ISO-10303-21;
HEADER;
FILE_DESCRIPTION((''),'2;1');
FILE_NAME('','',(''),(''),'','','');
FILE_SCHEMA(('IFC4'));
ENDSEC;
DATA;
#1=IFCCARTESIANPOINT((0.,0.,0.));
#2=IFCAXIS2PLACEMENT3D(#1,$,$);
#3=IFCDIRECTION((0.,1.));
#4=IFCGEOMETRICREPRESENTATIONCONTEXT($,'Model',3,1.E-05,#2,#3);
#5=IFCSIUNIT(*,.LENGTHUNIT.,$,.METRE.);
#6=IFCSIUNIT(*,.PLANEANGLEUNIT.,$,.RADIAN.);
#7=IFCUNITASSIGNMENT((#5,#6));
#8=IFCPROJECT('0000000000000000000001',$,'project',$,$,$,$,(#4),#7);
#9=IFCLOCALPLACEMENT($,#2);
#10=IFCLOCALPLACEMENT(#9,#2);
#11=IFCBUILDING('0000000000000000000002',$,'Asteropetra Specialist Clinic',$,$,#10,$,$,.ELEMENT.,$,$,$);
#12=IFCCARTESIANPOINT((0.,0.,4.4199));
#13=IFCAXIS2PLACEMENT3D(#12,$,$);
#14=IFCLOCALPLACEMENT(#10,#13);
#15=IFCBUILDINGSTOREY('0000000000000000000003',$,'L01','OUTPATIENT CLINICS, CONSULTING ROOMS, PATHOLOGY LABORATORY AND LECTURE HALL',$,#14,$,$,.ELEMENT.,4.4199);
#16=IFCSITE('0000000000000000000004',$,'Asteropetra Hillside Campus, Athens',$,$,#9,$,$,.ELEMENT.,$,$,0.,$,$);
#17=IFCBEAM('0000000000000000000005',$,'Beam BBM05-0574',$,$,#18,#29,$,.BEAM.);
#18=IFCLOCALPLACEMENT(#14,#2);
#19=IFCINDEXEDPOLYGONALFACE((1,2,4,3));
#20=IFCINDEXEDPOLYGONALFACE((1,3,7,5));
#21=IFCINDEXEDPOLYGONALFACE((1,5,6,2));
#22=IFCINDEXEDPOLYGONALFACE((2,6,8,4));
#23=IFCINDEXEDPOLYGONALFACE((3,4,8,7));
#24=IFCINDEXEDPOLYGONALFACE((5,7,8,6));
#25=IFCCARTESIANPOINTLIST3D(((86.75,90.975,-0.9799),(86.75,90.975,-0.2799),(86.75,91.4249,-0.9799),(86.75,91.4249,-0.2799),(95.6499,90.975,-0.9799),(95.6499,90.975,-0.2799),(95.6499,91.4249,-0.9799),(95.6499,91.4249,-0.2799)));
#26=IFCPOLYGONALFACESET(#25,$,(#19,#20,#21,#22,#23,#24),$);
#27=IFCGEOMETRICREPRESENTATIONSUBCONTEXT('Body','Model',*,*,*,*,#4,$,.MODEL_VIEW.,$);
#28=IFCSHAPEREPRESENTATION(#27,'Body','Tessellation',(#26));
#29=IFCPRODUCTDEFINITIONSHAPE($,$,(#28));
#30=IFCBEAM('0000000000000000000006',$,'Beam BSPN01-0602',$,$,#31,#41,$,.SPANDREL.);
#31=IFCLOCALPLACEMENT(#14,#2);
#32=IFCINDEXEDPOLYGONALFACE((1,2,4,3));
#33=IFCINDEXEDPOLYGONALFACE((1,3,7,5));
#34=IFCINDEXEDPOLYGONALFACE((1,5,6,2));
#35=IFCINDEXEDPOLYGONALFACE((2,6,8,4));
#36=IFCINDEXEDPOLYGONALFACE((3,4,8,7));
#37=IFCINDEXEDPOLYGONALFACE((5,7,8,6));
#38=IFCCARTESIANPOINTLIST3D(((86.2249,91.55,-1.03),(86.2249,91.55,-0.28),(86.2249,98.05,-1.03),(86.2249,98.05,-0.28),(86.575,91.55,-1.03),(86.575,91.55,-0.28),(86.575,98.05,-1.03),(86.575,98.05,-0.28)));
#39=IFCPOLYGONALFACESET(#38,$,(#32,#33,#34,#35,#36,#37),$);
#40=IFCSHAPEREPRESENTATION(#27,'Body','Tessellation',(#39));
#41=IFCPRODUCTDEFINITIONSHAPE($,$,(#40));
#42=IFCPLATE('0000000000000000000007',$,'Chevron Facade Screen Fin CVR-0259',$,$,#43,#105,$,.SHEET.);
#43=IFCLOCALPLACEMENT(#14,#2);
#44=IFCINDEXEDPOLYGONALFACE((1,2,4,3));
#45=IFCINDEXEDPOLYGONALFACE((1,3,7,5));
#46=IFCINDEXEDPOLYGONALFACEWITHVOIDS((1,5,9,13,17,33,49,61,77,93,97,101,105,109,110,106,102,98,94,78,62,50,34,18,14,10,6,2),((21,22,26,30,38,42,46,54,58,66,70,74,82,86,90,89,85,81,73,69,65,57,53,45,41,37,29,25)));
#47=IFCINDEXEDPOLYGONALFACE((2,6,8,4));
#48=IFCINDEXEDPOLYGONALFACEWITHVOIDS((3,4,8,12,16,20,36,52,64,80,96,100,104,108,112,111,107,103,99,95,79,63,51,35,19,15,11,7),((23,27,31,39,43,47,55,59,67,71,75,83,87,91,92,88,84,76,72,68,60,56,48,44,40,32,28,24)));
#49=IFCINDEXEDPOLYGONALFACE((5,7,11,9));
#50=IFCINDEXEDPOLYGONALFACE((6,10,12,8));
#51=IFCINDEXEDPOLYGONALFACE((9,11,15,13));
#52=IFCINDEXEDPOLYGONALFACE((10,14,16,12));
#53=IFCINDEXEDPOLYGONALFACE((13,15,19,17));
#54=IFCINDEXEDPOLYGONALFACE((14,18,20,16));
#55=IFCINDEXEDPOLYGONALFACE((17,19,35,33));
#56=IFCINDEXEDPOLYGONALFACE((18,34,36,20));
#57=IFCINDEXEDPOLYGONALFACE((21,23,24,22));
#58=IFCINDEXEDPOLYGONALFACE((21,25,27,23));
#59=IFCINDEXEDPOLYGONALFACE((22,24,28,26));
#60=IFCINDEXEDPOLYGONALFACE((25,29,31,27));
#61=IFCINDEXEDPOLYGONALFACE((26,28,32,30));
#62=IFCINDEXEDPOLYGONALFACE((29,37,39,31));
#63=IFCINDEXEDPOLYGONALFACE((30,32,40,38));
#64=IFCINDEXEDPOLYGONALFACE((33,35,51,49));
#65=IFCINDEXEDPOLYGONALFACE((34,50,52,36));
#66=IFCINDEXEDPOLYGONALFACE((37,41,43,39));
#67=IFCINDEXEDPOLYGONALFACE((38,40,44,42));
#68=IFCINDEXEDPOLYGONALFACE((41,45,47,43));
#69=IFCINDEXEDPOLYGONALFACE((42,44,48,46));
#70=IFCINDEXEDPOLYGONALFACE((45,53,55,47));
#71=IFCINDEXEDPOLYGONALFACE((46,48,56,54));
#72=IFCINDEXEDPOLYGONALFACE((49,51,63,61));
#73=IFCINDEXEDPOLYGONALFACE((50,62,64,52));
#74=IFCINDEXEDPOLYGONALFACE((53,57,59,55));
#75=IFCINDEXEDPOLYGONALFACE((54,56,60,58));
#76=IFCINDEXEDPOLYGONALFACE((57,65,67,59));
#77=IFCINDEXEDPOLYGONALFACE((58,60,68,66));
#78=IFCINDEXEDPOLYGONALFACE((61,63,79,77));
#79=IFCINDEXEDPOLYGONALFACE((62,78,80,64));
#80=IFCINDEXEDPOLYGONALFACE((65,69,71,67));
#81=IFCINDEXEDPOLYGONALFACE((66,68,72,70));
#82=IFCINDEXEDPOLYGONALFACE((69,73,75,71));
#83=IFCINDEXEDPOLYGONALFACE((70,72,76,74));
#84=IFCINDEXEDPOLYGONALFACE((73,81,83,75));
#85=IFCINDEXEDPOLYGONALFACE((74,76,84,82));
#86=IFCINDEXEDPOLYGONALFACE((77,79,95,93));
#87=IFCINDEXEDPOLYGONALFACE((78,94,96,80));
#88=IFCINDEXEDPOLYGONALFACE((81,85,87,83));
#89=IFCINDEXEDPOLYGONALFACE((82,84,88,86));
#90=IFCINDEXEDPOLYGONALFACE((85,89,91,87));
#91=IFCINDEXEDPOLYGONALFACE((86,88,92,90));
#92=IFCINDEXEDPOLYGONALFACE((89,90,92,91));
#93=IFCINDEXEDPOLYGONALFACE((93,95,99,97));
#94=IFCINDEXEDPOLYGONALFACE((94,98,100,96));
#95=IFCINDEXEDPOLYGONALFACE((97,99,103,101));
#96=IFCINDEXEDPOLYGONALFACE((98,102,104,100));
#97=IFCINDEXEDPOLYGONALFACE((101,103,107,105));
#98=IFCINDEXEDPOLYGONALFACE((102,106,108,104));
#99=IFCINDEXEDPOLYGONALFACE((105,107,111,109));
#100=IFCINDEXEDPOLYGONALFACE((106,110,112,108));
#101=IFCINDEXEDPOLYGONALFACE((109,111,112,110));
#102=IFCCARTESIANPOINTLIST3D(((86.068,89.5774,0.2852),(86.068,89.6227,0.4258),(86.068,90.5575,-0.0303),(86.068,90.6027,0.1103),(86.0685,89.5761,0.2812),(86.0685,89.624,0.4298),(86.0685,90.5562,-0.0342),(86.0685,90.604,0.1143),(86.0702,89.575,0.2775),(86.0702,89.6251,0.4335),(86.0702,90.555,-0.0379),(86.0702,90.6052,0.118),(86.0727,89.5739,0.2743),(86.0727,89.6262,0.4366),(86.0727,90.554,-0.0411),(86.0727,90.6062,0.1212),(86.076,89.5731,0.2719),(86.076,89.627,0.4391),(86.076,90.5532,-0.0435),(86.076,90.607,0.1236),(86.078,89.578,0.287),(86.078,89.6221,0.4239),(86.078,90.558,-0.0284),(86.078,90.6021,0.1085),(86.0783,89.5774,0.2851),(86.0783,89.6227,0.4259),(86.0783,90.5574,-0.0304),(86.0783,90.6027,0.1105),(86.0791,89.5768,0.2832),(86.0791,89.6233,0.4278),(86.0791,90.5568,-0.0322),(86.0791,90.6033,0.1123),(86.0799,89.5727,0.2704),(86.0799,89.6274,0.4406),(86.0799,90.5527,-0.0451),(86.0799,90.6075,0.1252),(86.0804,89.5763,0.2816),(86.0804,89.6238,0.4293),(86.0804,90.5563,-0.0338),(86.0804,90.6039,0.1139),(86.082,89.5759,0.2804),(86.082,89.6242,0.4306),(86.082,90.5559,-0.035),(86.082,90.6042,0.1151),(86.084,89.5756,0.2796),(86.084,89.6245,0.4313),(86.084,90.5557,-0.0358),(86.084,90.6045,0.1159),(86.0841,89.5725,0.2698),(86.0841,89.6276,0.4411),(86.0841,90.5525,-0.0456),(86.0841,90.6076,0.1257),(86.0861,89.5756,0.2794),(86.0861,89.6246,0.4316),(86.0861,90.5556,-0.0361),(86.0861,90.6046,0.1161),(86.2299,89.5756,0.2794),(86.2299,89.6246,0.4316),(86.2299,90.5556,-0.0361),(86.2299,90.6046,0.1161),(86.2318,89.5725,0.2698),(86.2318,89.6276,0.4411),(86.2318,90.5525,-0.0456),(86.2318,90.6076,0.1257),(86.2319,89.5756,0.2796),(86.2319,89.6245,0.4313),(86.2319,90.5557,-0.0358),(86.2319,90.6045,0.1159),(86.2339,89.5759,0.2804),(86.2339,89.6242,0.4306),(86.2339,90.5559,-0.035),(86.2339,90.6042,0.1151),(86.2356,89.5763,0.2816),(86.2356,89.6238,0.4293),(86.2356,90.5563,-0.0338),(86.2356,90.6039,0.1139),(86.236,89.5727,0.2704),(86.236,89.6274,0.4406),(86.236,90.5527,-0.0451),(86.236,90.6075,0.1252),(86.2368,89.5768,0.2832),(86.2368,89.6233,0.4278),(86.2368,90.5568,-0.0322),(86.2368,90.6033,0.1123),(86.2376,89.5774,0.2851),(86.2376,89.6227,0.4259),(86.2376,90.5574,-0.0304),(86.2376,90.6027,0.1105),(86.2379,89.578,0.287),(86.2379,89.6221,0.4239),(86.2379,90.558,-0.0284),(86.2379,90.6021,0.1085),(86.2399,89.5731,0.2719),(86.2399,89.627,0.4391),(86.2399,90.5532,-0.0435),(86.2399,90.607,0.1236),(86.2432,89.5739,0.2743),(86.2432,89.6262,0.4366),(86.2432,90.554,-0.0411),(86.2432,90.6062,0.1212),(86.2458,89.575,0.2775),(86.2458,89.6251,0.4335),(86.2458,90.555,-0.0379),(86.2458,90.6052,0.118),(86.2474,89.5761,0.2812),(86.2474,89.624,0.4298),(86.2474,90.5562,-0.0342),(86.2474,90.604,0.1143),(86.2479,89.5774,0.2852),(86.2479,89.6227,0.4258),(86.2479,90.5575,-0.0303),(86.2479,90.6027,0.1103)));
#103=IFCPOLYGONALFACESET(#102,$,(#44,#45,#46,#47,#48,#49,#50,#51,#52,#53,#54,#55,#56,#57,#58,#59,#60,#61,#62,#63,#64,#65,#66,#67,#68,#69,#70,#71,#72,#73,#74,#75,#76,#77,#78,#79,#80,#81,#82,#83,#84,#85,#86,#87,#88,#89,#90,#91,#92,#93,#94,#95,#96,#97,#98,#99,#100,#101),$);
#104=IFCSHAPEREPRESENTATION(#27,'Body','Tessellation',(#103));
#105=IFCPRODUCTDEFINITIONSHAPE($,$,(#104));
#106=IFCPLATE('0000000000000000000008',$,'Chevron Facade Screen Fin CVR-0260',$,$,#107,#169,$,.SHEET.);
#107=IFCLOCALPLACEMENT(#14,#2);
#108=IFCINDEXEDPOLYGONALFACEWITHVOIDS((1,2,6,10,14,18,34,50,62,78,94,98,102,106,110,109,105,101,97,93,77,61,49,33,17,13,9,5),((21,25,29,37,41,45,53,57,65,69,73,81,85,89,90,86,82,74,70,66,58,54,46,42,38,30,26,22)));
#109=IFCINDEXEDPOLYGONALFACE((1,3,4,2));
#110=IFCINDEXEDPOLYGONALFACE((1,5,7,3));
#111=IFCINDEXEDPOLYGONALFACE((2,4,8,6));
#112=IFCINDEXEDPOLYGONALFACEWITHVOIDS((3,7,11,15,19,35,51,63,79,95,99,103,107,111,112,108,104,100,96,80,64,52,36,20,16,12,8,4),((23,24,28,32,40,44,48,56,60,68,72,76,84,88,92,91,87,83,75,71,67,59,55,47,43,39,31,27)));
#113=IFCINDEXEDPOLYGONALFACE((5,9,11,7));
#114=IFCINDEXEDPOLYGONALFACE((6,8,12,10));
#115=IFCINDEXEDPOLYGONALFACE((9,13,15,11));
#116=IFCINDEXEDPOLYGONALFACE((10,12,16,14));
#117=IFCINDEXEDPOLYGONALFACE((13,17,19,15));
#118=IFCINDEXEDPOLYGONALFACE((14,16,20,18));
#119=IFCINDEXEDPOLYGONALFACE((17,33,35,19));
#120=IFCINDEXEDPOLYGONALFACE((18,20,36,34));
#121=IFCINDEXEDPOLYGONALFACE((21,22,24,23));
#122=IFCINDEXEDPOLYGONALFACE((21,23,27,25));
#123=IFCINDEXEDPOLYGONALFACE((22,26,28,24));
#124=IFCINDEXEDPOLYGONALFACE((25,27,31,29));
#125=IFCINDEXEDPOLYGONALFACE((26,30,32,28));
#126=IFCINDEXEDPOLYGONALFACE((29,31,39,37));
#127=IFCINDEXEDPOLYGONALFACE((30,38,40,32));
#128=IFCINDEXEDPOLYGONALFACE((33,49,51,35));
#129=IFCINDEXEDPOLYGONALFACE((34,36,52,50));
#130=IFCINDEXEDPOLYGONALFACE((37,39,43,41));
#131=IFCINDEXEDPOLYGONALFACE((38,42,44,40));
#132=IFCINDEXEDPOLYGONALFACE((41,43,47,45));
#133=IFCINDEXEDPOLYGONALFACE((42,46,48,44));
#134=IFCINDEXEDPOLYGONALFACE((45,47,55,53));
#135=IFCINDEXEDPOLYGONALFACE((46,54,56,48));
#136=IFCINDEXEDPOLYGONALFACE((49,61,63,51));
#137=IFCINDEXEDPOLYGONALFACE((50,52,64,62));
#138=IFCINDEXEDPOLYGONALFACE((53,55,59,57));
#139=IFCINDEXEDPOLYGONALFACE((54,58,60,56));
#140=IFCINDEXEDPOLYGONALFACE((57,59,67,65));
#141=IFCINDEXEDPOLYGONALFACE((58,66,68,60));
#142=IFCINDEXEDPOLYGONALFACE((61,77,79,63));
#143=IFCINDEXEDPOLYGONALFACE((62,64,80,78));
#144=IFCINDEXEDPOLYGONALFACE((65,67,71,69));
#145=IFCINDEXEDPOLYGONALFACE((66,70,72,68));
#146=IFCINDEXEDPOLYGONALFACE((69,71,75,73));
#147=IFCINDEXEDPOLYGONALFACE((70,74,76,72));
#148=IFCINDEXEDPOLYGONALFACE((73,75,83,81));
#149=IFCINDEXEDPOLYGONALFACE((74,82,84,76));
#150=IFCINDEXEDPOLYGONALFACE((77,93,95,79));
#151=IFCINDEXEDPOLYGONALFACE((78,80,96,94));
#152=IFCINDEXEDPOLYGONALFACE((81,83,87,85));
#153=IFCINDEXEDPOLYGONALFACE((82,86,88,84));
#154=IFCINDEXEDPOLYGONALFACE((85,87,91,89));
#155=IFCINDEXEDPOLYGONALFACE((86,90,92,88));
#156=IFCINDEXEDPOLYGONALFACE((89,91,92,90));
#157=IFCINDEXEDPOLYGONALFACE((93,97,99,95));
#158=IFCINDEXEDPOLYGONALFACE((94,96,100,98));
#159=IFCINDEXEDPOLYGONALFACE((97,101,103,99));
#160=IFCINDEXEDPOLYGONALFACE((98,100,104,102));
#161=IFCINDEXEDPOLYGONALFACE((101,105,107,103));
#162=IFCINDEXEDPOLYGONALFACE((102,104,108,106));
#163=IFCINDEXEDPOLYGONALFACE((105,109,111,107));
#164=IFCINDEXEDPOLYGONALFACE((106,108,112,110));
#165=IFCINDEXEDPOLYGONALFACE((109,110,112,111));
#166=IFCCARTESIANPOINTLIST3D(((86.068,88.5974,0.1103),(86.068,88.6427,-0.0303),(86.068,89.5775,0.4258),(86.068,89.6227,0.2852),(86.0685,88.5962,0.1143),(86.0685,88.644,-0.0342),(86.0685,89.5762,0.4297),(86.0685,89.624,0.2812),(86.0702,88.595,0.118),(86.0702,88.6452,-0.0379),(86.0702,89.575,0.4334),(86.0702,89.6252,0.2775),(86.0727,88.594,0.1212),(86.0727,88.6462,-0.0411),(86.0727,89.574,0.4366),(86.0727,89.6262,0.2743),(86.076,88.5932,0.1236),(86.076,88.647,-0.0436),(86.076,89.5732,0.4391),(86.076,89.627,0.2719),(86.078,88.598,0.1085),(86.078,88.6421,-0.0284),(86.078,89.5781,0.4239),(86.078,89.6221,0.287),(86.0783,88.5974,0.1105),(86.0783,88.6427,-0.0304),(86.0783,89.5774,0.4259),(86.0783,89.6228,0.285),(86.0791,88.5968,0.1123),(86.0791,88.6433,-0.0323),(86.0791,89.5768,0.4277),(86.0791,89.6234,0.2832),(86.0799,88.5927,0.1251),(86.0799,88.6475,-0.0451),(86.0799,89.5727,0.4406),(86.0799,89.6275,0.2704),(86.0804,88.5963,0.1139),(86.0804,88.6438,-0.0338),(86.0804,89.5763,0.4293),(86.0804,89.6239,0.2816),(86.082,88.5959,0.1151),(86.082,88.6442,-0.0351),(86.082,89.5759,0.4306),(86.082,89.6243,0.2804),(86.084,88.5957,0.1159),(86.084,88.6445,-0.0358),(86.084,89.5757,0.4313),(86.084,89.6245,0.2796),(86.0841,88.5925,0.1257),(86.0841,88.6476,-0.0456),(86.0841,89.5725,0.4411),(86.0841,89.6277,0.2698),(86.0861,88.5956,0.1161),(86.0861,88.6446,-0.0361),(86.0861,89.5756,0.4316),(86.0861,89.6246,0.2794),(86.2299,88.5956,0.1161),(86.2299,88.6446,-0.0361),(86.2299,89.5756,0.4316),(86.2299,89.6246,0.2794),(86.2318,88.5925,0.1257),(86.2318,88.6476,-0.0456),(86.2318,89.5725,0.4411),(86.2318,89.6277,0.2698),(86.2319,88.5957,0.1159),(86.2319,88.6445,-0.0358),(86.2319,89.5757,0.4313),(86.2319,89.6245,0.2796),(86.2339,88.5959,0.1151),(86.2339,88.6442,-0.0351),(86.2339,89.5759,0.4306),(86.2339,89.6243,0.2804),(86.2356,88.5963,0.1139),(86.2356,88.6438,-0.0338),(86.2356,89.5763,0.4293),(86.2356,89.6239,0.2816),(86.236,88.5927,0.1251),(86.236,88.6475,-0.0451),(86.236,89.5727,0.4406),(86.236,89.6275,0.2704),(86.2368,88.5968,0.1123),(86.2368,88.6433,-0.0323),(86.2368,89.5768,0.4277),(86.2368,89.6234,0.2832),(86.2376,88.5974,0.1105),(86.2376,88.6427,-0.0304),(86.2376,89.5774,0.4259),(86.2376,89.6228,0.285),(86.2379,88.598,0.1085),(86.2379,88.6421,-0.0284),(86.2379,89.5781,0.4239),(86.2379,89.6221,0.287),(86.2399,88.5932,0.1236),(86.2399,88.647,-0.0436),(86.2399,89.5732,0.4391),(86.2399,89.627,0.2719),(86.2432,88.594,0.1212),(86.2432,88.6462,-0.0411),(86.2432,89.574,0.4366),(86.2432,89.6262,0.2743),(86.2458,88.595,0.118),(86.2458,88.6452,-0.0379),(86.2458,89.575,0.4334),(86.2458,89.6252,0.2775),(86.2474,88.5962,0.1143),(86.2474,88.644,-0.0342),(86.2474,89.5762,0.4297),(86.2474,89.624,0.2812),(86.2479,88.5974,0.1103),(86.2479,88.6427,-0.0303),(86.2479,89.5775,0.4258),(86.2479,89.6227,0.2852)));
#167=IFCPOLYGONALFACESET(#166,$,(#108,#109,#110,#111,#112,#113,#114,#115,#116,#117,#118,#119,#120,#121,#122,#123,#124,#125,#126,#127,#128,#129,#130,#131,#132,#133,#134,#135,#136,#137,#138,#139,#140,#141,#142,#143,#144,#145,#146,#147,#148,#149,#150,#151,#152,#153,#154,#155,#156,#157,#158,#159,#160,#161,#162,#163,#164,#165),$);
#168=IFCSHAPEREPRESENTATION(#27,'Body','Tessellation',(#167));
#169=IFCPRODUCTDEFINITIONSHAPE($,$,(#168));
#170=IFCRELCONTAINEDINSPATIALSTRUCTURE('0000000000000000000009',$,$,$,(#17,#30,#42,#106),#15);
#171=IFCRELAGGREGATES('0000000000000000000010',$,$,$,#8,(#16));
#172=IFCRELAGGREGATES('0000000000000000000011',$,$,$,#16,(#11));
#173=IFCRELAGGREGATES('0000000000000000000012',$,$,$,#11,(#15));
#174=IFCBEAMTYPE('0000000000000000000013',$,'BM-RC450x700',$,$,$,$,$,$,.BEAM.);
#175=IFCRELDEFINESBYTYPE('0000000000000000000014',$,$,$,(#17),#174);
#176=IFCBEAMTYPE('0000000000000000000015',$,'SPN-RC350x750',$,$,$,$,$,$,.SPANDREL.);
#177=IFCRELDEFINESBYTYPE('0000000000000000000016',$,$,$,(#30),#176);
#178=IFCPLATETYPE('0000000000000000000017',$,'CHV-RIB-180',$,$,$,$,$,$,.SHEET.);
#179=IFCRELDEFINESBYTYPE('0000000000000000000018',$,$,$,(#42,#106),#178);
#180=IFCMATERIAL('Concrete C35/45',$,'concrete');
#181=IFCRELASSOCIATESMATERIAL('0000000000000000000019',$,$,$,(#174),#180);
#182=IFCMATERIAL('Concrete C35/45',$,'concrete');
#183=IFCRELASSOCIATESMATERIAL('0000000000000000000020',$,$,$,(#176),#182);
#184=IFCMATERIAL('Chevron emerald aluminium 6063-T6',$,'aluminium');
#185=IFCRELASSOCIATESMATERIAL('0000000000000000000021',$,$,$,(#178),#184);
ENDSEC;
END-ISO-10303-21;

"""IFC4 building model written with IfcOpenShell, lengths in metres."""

from ifc_helpers import new_model, si_unit, direction, frame, origin, origin_2d, place, context, subcontext, project, spatial, rectangle, hollow_rectangle, extrude, material, material_profile, profile_set, type_object, element, save


model = new_model("IFC4")

# Units and contexts
model_context = context("Model", 3, precision=1e-05, world=origin(), true_north=direction((0.0, 1.0)))
body_context = subcontext(model_context, "Body", "Model", "MODEL_VIEW")
ifc_project = project(units=[si_unit("LENGTHUNIT", "METRE"), si_unit("PLANEANGLEUNIT", "RADIAN")], contexts=[model_context])

# Site, building, storey
site_placement = place(None, origin())
site = spatial("IfcSite", under=ifc_project, at=site_placement, Name="Asteropetra Hillside Campus, Athens", CompositionType="ELEMENT", RefElevation=0.0)
building_placement = place(site_placement, origin())
building = spatial("IfcBuilding", under=site, at=building_placement, Name="Asteropetra Specialist Clinic", CompositionType="ELEMENT")
storey_placement = place(building_placement, frame((0.0, 0.0, 4.4199)))
storey = spatial("IfcBuildingStorey", under=building, at=storey_placement, Name="L01", Description="OUTPATIENT CLINICS, CONSULTING ROOMS, PATHOLOGY LABORATORY AND LECTURE HALL", CompositionType="ELEMENT", Elevation=4.4199)

# Beams
ifc_material_1 = material(Name="Concrete C35/45", Category="concrete")
ifc_material_profile_1 = material_profile(ifc_material_1, rectangle(XDim=0.45, YDim=0.7, at=origin_2d()), Name="RCB 450x700")
ifc_profile_set_1 = profile_set([ifc_material_profile_1], Name="Concrete C35/45")
beam_type_1 = type_object("IfcBeamType", Name="BM-RC450x700", PredefinedType="BEAM", material=ifc_profile_set_1)
beam_1_placement = place(storey_placement, frame((86.75, 91.2, -0.6299), z_axis=(1.0, 0.0, 0.0), x_axis=(0.0, 1.0, 0.0)))
element("IfcBeam", 1, at=beam_1_placement, inside=storey, type_object=beam_type_1, Name="Beam BBM05-0574", PredefinedType="BEAM", context=body_context, shape_type="SweptSolid", body=[
    extrude(rectangle(XDim=0.45, YDim=0.7, at=origin_2d()), origin(), (0.0, 0.0, 1.0), 8.8999),
])
ifc_material_2 = material(Name="Concrete C35/45", Category="concrete")
ifc_material_profile_2 = material_profile(ifc_material_2, rectangle(XDim=0.3501, YDim=0.75, at=origin_2d()), Name="RCS 350x750")
ifc_profile_set_2 = profile_set([ifc_material_profile_2], Name="Concrete C35/45")
beam_type_2 = type_object("IfcBeamType", Name="SPN-RC350x750", PredefinedType="SPANDREL", material=ifc_profile_set_2)
beam_2_placement = place(storey_placement, frame((86.3999, 91.55, -0.655), z_axis=(0.0, 1.0, 0.0), x_axis=(-1.0, 0.0, 0.0)))
element("IfcBeam", 2, at=beam_2_placement, inside=storey, type_object=beam_type_2, Name="Beam BSPN01-0602", PredefinedType="SPANDREL", context=body_context, shape_type="SweptSolid", body=[
    extrude(rectangle(XDim=0.3501, YDim=0.75, at=origin_2d()), origin(), (0.0, 0.0, 1.0), 6.5),
])

# Plates
ifc_material_3 = material(Name="Chevron emerald aluminium 6063-T6", Category="aluminium")
ifc_material_profile_3 = material_profile(ifc_material_3, hollow_rectangle(XDim=0.1799, YDim=0.1799, WallThickness=0.01, InnerFilletRadius=0.0081, OuterFilletRadius=0.0161, at=origin_2d()), Name="SHS 180x180x10.0")
ifc_profile_set_3 = profile_set([ifc_material_profile_3], Name="Chevron emerald aluminium 6063-T6")
plate_type = type_object("IfcPlateType", Name="CHV-RIB-180", PredefinedType="SHEET", material=ifc_profile_set_3)
for number, where, z_axis, x_axis, name in (
    (3, (86.158, 90.5801, 0.04), (0.0, -0.951905, 0.306393), (1.0, 0.0, 0.0), "Chevron Facade Screen Fin CVR-0259"),
    (4, (86.158, 89.6001, 0.3555), (0.0, -0.951905, -0.306393), (1.0, 0.0, 0.0), "Chevron Facade Screen Fin CVR-0260"),
):
    element("IfcPlate", number, at=place(storey_placement, frame(where, z_axis=z_axis, x_axis=x_axis)), inside=storey, type_object=plate_type, Name=name, PredefinedType="SHEET", context=body_context, shape_type="SweptSolid", body=[
        extrude(hollow_rectangle(XDim=0.1799, YDim=0.1799, WallThickness=0.01, InnerFilletRadius=0.0081, OuterFilletRadius=0.0161, at=origin_2d()), origin(), (0.0, 0.0, 1.0), 1.0295),
    ])

save(model, "model.ifc")
